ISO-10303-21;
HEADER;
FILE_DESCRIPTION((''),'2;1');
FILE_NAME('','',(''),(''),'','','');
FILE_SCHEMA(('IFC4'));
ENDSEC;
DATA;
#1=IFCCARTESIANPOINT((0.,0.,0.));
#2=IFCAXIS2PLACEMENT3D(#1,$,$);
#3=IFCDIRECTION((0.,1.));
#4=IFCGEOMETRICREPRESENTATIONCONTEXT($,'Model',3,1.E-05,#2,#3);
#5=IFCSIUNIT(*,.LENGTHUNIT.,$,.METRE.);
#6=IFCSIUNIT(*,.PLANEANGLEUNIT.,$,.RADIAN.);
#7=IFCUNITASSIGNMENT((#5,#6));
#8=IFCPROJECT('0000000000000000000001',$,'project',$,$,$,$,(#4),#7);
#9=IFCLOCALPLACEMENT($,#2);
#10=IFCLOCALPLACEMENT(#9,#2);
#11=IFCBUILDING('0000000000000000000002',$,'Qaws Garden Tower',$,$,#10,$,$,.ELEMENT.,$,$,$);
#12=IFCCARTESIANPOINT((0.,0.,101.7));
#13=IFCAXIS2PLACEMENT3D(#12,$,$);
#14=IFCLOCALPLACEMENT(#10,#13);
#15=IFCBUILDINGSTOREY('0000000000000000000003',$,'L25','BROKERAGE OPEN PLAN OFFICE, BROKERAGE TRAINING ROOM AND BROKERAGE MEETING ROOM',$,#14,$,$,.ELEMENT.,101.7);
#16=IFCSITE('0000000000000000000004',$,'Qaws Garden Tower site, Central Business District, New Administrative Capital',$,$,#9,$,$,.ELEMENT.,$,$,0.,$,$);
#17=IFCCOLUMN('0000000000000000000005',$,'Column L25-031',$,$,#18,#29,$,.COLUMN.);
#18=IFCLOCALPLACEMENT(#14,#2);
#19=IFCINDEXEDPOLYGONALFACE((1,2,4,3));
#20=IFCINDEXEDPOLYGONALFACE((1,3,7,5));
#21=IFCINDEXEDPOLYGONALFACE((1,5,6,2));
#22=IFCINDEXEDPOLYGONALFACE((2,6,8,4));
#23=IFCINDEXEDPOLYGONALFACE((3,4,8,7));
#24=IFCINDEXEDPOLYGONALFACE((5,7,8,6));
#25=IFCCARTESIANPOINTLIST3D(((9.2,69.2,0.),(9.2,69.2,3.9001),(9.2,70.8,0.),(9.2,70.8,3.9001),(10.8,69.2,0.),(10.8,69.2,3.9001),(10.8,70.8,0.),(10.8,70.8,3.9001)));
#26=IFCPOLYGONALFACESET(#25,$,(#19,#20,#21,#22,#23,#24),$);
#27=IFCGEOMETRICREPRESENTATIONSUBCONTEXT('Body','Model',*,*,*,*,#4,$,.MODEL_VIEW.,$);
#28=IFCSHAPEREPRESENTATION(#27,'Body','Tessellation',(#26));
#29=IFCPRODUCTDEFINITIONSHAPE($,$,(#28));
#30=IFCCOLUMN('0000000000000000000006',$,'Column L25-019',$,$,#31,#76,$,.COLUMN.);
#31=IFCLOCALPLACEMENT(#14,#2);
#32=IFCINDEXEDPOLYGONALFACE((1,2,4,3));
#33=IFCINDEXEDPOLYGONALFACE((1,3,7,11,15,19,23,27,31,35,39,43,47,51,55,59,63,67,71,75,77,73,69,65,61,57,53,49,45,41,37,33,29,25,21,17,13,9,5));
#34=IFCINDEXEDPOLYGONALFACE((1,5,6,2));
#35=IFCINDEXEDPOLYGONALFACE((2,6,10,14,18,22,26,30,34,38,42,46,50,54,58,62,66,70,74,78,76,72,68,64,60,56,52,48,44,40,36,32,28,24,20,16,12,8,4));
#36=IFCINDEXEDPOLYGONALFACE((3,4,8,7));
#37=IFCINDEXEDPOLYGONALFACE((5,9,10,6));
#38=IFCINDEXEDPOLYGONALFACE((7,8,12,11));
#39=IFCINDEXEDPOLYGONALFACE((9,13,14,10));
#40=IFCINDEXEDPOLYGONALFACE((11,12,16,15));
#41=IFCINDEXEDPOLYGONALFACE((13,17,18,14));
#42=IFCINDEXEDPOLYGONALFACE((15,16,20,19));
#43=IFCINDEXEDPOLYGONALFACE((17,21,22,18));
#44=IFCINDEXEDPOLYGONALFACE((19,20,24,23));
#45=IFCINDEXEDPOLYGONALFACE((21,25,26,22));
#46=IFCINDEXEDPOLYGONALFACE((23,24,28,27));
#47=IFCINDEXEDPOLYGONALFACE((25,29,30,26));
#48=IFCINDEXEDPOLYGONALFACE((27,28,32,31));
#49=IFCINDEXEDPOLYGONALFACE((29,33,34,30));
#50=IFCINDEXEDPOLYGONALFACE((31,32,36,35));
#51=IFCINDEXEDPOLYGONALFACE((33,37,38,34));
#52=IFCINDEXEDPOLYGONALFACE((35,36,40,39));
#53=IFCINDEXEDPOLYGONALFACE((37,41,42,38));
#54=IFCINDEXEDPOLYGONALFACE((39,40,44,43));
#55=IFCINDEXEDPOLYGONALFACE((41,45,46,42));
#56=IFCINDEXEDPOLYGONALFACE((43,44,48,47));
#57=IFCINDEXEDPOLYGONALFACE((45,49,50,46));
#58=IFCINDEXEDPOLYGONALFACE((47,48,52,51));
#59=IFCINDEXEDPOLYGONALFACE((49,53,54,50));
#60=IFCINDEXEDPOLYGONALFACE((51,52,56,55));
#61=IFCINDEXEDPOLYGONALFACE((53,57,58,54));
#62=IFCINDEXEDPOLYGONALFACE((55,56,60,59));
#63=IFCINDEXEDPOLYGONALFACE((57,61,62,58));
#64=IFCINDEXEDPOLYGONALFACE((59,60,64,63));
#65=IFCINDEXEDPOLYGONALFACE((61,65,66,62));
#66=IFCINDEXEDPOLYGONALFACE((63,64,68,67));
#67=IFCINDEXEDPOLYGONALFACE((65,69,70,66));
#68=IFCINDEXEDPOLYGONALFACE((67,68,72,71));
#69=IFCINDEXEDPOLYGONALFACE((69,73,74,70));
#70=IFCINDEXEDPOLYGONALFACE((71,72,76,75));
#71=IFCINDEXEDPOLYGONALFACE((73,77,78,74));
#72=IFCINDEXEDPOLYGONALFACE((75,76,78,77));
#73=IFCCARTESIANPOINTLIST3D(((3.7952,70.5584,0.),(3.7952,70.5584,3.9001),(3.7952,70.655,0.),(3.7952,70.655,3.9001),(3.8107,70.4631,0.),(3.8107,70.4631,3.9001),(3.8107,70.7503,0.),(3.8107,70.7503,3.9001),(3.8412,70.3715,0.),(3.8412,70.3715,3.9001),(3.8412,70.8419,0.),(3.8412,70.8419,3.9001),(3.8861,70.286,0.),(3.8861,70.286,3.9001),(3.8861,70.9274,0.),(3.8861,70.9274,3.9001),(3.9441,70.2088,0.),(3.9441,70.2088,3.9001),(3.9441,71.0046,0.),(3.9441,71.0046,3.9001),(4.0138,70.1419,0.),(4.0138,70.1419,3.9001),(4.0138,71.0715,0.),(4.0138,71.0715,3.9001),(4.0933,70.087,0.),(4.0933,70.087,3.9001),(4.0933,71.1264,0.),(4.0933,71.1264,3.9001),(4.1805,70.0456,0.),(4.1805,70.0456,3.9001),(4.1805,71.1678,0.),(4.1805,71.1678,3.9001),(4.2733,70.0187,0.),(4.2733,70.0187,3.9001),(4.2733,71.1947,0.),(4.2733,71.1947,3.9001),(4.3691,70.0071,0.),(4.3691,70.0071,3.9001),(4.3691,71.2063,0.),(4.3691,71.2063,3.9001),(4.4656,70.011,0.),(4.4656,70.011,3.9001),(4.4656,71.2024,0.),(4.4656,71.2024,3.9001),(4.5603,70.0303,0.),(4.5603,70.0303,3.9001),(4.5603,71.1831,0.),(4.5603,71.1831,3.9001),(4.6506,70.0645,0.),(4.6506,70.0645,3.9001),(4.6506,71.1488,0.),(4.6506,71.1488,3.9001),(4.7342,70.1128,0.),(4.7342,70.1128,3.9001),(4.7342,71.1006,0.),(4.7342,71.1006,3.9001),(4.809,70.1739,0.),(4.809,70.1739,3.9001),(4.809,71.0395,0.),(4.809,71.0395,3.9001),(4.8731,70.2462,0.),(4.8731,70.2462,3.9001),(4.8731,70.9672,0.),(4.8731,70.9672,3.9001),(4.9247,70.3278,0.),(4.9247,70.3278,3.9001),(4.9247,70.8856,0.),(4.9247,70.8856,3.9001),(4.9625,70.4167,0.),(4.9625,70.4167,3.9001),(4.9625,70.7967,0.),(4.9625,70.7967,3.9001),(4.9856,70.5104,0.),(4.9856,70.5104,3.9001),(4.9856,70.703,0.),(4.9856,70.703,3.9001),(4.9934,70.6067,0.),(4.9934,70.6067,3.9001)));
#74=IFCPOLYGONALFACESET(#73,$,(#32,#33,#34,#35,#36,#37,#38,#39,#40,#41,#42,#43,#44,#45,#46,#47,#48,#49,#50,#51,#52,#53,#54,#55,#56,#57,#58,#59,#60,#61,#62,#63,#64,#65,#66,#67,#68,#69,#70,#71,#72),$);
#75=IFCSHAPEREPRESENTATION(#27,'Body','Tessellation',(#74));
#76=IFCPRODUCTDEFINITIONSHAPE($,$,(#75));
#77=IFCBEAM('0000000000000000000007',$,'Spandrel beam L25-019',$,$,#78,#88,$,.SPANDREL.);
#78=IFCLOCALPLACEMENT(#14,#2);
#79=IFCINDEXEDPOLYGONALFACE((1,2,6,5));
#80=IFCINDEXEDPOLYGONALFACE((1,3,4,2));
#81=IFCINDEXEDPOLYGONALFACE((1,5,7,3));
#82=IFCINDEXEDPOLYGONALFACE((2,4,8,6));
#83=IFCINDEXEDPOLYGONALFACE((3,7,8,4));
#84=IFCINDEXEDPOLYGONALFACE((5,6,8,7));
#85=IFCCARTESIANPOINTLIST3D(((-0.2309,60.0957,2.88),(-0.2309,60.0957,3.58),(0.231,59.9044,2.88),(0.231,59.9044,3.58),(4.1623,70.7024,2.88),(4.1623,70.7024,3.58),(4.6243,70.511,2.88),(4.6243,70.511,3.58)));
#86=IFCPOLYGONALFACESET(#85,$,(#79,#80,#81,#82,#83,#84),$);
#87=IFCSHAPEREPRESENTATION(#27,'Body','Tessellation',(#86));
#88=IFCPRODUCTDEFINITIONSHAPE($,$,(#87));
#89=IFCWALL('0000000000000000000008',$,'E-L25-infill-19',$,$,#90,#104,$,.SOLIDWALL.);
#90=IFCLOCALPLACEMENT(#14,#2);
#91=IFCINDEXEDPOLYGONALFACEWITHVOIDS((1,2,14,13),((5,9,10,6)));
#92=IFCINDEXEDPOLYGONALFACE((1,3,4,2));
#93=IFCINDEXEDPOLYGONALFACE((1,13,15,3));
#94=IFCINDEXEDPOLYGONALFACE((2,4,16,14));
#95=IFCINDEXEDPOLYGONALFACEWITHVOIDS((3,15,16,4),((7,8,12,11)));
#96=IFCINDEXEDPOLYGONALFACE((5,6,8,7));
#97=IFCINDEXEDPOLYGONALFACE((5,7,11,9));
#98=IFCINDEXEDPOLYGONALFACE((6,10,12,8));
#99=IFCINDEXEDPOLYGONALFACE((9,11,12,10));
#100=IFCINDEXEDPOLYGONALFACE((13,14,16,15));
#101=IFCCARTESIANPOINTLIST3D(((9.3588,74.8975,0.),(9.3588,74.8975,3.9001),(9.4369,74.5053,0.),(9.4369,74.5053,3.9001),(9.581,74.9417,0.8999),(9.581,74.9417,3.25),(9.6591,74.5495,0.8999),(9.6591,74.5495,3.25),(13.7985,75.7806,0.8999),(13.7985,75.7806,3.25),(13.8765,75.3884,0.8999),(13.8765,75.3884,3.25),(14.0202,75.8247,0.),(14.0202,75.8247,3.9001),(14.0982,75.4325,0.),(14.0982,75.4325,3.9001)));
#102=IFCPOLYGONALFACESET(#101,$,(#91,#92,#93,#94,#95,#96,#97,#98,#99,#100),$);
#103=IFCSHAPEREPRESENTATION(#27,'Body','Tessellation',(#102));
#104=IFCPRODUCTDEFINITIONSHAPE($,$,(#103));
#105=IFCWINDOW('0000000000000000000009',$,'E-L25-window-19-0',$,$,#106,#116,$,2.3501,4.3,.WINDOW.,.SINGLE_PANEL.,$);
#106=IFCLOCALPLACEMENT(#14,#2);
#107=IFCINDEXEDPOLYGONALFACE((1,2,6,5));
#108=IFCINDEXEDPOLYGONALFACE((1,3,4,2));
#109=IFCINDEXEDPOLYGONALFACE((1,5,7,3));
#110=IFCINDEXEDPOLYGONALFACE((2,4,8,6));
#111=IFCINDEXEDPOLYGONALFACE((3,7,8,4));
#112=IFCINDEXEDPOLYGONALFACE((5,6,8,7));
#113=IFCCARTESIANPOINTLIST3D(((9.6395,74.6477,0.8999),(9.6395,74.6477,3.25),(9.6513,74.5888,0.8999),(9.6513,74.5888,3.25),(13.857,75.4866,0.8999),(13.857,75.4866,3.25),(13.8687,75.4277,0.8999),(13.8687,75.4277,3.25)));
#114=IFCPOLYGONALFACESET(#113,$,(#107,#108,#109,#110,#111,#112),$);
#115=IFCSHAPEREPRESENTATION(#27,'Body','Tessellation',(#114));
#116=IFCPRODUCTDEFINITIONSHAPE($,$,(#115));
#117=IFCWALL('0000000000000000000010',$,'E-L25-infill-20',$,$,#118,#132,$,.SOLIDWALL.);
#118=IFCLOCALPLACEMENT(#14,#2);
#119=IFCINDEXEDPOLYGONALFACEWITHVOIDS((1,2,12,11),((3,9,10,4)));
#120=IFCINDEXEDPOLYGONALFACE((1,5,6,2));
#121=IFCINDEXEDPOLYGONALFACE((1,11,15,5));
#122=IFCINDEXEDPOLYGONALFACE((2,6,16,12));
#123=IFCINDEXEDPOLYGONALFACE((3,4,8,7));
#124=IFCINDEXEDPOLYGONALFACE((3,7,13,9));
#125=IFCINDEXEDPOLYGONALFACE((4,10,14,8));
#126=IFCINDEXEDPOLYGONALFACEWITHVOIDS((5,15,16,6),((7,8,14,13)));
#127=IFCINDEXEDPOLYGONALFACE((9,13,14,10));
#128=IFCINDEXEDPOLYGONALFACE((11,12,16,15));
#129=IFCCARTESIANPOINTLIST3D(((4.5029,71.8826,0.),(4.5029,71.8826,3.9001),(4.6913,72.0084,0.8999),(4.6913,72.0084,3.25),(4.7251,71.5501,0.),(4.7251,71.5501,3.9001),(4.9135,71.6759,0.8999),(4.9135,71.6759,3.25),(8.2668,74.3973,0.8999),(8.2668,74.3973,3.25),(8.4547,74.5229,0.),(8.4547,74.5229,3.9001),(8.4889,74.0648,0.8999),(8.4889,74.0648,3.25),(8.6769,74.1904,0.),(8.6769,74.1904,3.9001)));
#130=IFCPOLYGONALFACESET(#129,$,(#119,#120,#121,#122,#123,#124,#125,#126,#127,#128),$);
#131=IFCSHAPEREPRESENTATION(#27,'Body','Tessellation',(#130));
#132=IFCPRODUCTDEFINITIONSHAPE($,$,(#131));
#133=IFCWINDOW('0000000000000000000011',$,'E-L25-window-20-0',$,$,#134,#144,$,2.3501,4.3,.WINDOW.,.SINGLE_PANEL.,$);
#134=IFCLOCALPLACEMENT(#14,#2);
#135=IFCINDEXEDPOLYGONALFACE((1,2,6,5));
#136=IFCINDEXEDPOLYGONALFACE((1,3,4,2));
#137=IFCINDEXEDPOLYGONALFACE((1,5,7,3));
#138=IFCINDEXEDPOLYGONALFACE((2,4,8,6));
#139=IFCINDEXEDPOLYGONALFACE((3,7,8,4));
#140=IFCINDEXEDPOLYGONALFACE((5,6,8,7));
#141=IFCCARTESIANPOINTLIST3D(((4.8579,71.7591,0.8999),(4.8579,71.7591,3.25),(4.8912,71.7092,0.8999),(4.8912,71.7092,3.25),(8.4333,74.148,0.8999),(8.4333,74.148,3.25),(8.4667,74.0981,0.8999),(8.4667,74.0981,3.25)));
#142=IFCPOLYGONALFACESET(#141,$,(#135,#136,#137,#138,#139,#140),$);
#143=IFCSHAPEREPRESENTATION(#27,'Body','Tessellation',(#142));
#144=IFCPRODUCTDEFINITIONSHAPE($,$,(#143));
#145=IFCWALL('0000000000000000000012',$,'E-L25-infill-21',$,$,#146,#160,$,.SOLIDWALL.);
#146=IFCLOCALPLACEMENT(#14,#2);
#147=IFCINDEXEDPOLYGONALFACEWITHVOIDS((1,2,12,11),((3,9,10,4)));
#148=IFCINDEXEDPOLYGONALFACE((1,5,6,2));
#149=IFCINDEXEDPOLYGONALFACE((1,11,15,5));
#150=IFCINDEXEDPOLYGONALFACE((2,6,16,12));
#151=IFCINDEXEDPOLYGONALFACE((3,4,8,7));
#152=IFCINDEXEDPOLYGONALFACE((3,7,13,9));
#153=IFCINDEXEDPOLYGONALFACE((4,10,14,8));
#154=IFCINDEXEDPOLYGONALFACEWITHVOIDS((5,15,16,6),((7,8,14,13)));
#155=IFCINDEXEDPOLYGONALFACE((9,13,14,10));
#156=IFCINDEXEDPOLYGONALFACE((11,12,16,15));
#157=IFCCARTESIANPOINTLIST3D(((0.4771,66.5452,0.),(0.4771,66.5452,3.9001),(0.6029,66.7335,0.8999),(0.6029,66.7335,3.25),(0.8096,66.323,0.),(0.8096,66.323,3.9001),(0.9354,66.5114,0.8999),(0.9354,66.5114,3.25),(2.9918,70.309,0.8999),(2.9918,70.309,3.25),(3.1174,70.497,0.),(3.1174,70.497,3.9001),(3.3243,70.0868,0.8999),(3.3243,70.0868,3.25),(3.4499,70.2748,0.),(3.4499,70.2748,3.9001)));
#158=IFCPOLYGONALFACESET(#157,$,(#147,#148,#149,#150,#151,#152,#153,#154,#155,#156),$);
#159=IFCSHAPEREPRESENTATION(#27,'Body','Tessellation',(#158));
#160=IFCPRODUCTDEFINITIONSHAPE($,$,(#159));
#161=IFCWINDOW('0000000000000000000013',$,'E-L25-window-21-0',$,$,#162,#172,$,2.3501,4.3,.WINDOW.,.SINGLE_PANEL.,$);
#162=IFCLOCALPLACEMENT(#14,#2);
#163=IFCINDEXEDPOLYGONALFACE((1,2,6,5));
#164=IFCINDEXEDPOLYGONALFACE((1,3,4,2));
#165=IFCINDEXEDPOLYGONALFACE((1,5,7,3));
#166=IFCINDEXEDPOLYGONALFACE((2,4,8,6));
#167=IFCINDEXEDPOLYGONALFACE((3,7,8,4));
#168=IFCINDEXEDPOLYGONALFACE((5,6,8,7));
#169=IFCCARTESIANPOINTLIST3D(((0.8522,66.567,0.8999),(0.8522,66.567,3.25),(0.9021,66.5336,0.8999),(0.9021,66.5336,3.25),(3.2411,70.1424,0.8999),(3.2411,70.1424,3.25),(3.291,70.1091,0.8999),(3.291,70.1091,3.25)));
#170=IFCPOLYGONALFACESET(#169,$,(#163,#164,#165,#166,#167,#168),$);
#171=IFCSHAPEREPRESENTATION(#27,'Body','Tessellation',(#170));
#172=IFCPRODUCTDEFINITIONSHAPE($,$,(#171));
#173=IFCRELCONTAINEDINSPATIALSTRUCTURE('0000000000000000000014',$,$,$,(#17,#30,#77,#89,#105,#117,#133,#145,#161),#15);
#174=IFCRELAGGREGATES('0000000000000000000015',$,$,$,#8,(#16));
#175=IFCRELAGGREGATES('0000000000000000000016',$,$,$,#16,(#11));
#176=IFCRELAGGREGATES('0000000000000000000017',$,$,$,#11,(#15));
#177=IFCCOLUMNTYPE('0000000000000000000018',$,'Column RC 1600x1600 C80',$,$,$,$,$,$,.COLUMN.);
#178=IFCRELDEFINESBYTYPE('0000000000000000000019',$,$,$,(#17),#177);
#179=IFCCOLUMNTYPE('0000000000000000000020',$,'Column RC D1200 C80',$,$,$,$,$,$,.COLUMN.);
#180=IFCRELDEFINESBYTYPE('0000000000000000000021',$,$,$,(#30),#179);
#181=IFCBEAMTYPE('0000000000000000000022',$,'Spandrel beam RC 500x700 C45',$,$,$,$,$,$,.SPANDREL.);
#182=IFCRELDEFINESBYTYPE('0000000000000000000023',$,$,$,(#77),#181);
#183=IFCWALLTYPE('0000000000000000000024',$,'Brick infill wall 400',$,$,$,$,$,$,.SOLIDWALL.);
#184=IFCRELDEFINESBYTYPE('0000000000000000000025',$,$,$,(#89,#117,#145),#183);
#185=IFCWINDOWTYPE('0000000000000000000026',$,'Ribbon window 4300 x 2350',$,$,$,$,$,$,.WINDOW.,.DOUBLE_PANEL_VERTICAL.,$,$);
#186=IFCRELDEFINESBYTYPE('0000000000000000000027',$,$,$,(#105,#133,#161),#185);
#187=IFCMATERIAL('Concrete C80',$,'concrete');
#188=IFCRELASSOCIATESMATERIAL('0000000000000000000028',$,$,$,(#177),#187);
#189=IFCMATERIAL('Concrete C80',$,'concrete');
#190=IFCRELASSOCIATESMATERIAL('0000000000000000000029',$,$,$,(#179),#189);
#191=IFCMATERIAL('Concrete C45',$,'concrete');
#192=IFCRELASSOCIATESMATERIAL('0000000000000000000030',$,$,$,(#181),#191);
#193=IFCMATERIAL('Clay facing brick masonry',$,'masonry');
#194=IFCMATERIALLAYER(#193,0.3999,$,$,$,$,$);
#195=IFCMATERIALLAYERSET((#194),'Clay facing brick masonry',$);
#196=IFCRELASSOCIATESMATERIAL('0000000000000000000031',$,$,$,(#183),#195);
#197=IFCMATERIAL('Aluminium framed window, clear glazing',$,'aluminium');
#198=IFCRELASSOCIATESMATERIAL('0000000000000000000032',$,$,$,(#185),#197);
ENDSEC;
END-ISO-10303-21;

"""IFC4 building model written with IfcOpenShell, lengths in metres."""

from ifc_helpers import new_model, si_unit, direction, frame, frame_2d, origin, origin_2d, place, context, subcontext, project, spatial, rectangle, circle, extrude, material, layer, layer_set, material_profile, profile_set, type_object, element, fill, save


model = new_model("IFC4")

# Units and contexts
model_context = context("Model", 3, precision=1e-05, world=origin(), true_north=direction((0.0, 1.0)))
body_context = subcontext(model_context, "Body", "Model", "MODEL_VIEW")
ifc_project = project(units=[si_unit("LENGTHUNIT", "METRE"), si_unit("PLANEANGLEUNIT", "RADIAN")], contexts=[model_context])

# Site, building, storey
site_placement = place(None, origin())
site = spatial("IfcSite", under=ifc_project, at=site_placement, Name="Qaws Garden Tower site, Central Business District, New Administrative Capital", CompositionType="ELEMENT", RefElevation=0.0)
building_placement = place(site_placement, origin())
building = spatial("IfcBuilding", under=site, at=building_placement, Name="Qaws Garden Tower", CompositionType="ELEMENT")
storey_placement = place(building_placement, frame((0.0, 0.0, 101.7)))
storey = spatial("IfcBuildingStorey", under=building, at=storey_placement, Name="L25", Description="BROKERAGE OPEN PLAN OFFICE, BROKERAGE TRAINING ROOM AND BROKERAGE MEETING ROOM", CompositionType="ELEMENT", Elevation=101.7)

# Columns
ifc_material_1 = material(Name="Concrete C80", Category="concrete")
ifc_material_profile_1 = material_profile(ifc_material_1, rectangle(XDim=1.6001, YDim=1.6001, at=origin_2d()), Name="RC 1600x1600")
ifc_profile_set_1 = profile_set([ifc_material_profile_1], Name="Concrete C80")
column_type_1 = type_object("IfcColumnType", Name="Column RC 1600x1600 C80", PredefinedType="COLUMN", material=ifc_profile_set_1)
column_1_placement = place(storey_placement, frame((10.0, 70.0, 0.0), z_axis=(0.0, 0.0, 1.0), x_axis=(1.0, 0.0, 0.0)))
element("IfcColumn", 1, at=column_1_placement, inside=storey, type_object=column_type_1, Name="Column L25-031", PredefinedType="COLUMN", context=body_context, shape_type="SweptSolid", body=[
    extrude(rectangle(XDim=1.6001, YDim=1.6001, at=origin_2d()), origin(), (0.0, 0.0, 1.0), 3.9001),
])
ifc_material_2 = material(Name="Concrete C80", Category="concrete")
ifc_material_profile_2 = material_profile(ifc_material_2, circle(Radius=0.6001, at=origin_2d()), Name="RC D1200")
ifc_profile_set_2 = profile_set([ifc_material_profile_2], Name="Concrete C80")
column_type_2 = type_object("IfcColumnType", Name="Column RC D1200 C80", PredefinedType="COLUMN", material=ifc_profile_set_2)
column_2_placement = place(storey_placement, frame((4.3933, 70.6067, 0.0), z_axis=(0.0, 0.0, 1.0), x_axis=(1.0, 0.0, 0.0)))
element("IfcColumn", 2, at=column_2_placement, inside=storey, type_object=column_type_2, Name="Column L25-019", PredefinedType="COLUMN", context=body_context, shape_type="SweptSolid", body=[
    extrude(circle(Radius=0.6001, at=origin_2d()), origin(), (0.0, 0.0, 1.0), 3.9001),
])

# Beam
ifc_material_3 = material(Name="Concrete C45", Category="concrete")
ifc_material_profile_3 = material_profile(ifc_material_3, rectangle(XDim=0.5, YDim=0.7, at=origin_2d()), Name="RC 500x700")
ifc_profile_set_3 = profile_set([ifc_material_profile_3], Name="Concrete C45")
beam_type = type_object("IfcBeamType", Name="Spandrel beam RC 500x700 C45", PredefinedType="SPANDREL", material=ifc_profile_set_3)
beam_placement = place(storey_placement, frame((4.3933, 70.6067, 3.23), z_axis=(-0.382674, -0.923883, 0.0), x_axis=(0.923883, -0.382674, 0.0)))
element("IfcBeam", 3, at=beam_placement, inside=storey, type_object=beam_type, Name="Spandrel beam L25-019", PredefinedType="SPANDREL", context=body_context, shape_type="SweptSolid", body=[
    extrude(rectangle(XDim=0.5, YDim=0.7, at=origin_2d()), origin(), (0.0, 0.0, 1.0), 11.4805),
])

# Walls, openings, windows
ifc_material_4 = material(Name="Clay facing brick masonry", Category="masonry")
ifc_layer_1 = layer(ifc_material_4, 0.3999)
ifc_layer_set_1 = layer_set([ifc_layer_1], Name="Clay facing brick masonry")
wall_type_1 = type_object("IfcWallType", Name="Brick infill wall 400", PredefinedType="SOLIDWALL", material=ifc_layer_set_1)
wall_1_placement = place(storey_placement, frame((14.0593, 75.6287, 0.0), z_axis=(0.0, 0.0, 1.0), x_axis=(-0.980784, -0.195099, 0.0)))
wall_1 = element("IfcWall", 4, at=wall_1_placement, inside=storey, type_object=wall_type_1, Name="E-L25-infill-19", PredefinedType="SOLIDWALL", context=body_context, shape_type="SweptSolid", body=[
    extrude(rectangle(XDim=4.7527, YDim=0.3999, at=frame_2d((2.3765, 0.0))), origin(), (0.0, 0.0, 1.0), 3.9001),
])
opening_1_placement = place(wall_1_placement, frame((0.2263, 0.0, 0.8999)))
opening_1 = element("IfcOpeningElement", 5, at=opening_1_placement, cuts=wall_1, PredefinedType="OPENING", context=body_context, shape_type="SweptSolid", body=[
    extrude(rectangle(XDim=4.3, YDim=2.3501, at=frame_2d((2.1499, 1.175))), frame((0.0, 0.21, 0.0), z_axis=(0.0, -1.0, 0.0), x_axis=(1.0, 0.0, 0.0)), (0.0, 0.0, 1.0), 0.4199),
])
ifc_material_5 = material(Name="Aluminium framed window, clear glazing", Category="aluminium")
window_type = type_object("IfcWindowType", Name="Ribbon window 4300 x 2350", PartitioningType="DOUBLE_PANEL_VERTICAL", PredefinedType="WINDOW", material=ifc_material_5)
window_1_placement = place(opening_1_placement, origin())
window_1 = element("IfcWindow", 6, at=window_1_placement, inside=storey, type_object=window_type, Name="E-L25-window-19-0", OverallHeight=2.3501, OverallWidth=4.3, PartitioningType="SINGLE_PANEL", PredefinedType="WINDOW", context=body_context, shape_type="SweptSolid", body=[
    extrude(rectangle(XDim=4.3, YDim=2.3501, at=frame_2d((2.1499, 1.175))), frame((0.0, 0.1599, 0.0), z_axis=(0.0, -1.0, 0.0), x_axis=(1.0, 0.0, 0.0)), (0.0, 0.0, 1.0), 0.0601),
])
fill(opening_1, window_1)
wall_2_placement = place(storey_placement, frame((8.5659, 74.3567, 0.0), z_axis=(0.0, 0.0, 1.0), x_axis=(-0.831489, -0.555542, 0.0)))
wall_2 = element("IfcWall", 7, at=wall_2_placement, inside=storey, type_object=wall_type_1, Name="E-L25-infill-20", PredefinedType="SOLIDWALL", context=body_context, shape_type="SweptSolid", body=[
    extrude(rectangle(XDim=4.7527, YDim=0.3999, at=frame_2d((2.3765, 0.0))), origin(), (0.0, 0.0, 1.0), 3.9001),
])
opening_2_placement = place(wall_2_placement, frame((0.2263, 0.0, 0.8999)))
opening_2 = element("IfcOpeningElement", 8, at=opening_2_placement, cuts=wall_2, PredefinedType="OPENING", context=body_context, shape_type="SweptSolid", body=[
    extrude(rectangle(XDim=4.3, YDim=2.3501, at=frame_2d((2.1499, 1.175))), frame((0.0, 0.21, 0.0), z_axis=(0.0, -1.0, 0.0), x_axis=(1.0, 0.0, 0.0)), (0.0, 0.0, 1.0), 0.4199),
])
window_2_placement = place(opening_2_placement, origin())
window_2 = element("IfcWindow", 9, at=window_2_placement, inside=storey, type_object=window_type, Name="E-L25-window-20-0", OverallHeight=2.3501, OverallWidth=4.3, PartitioningType="SINGLE_PANEL", PredefinedType="WINDOW", context=body_context, shape_type="SweptSolid", body=[
    extrude(rectangle(XDim=4.3, YDim=2.3501, at=frame_2d((2.1499, 1.175))), frame((0.0, 0.1599, 0.0), z_axis=(0.0, -1.0, 0.0), x_axis=(1.0, 0.0, 0.0)), (0.0, 0.0, 1.0), 0.0601),
])
fill(opening_2, window_2)
wall_3_placement = place(storey_placement, frame((3.2837, 70.386, 0.0), z_axis=(0.0, 0.0, 1.0), x_axis=(-0.555542, -0.831489, 0.0)))
wall_3 = element("IfcWall", 10, at=wall_3_placement, inside=storey, type_object=wall_type_1, Name="E-L25-infill-21", PredefinedType="SOLIDWALL", context=body_context, shape_type="SweptSolid", body=[
    extrude(rectangle(XDim=4.7527, YDim=0.3999, at=frame_2d((2.3765, 0.0))), origin(), (0.0, 0.0, 1.0), 3.9001),
])
opening_3_placement = place(wall_3_placement, frame((0.2263, 0.0, 0.8999)))
opening_3 = element("IfcOpeningElement", 11, at=opening_3_placement, cuts=wall_3, PredefinedType="OPENING", context=body_context, shape_type="SweptSolid", body=[
    extrude(rectangle(XDim=4.3, YDim=2.3501, at=frame_2d((2.1499, 1.175))), frame((0.0, 0.21, 0.0), z_axis=(0.0, -1.0, 0.0), x_axis=(1.0, 0.0, 0.0)), (0.0, 0.0, 1.0), 0.4199),
])
window_3_placement = place(opening_3_placement, origin())
window_3 = element("IfcWindow", 12, at=window_3_placement, inside=storey, type_object=window_type, Name="E-L25-window-21-0", OverallHeight=2.3501, OverallWidth=4.3, PartitioningType="SINGLE_PANEL", PredefinedType="WINDOW", context=body_context, shape_type="SweptSolid", body=[
    extrude(rectangle(XDim=4.3, YDim=2.3501, at=frame_2d((2.1499, 1.175))), frame((0.0, 0.1599, 0.0), z_axis=(0.0, -1.0, 0.0), x_axis=(1.0, 0.0, 0.0)), (0.0, 0.0, 1.0), 0.0601),
])
fill(opening_3, window_3)

save(model, "model.ifc")
